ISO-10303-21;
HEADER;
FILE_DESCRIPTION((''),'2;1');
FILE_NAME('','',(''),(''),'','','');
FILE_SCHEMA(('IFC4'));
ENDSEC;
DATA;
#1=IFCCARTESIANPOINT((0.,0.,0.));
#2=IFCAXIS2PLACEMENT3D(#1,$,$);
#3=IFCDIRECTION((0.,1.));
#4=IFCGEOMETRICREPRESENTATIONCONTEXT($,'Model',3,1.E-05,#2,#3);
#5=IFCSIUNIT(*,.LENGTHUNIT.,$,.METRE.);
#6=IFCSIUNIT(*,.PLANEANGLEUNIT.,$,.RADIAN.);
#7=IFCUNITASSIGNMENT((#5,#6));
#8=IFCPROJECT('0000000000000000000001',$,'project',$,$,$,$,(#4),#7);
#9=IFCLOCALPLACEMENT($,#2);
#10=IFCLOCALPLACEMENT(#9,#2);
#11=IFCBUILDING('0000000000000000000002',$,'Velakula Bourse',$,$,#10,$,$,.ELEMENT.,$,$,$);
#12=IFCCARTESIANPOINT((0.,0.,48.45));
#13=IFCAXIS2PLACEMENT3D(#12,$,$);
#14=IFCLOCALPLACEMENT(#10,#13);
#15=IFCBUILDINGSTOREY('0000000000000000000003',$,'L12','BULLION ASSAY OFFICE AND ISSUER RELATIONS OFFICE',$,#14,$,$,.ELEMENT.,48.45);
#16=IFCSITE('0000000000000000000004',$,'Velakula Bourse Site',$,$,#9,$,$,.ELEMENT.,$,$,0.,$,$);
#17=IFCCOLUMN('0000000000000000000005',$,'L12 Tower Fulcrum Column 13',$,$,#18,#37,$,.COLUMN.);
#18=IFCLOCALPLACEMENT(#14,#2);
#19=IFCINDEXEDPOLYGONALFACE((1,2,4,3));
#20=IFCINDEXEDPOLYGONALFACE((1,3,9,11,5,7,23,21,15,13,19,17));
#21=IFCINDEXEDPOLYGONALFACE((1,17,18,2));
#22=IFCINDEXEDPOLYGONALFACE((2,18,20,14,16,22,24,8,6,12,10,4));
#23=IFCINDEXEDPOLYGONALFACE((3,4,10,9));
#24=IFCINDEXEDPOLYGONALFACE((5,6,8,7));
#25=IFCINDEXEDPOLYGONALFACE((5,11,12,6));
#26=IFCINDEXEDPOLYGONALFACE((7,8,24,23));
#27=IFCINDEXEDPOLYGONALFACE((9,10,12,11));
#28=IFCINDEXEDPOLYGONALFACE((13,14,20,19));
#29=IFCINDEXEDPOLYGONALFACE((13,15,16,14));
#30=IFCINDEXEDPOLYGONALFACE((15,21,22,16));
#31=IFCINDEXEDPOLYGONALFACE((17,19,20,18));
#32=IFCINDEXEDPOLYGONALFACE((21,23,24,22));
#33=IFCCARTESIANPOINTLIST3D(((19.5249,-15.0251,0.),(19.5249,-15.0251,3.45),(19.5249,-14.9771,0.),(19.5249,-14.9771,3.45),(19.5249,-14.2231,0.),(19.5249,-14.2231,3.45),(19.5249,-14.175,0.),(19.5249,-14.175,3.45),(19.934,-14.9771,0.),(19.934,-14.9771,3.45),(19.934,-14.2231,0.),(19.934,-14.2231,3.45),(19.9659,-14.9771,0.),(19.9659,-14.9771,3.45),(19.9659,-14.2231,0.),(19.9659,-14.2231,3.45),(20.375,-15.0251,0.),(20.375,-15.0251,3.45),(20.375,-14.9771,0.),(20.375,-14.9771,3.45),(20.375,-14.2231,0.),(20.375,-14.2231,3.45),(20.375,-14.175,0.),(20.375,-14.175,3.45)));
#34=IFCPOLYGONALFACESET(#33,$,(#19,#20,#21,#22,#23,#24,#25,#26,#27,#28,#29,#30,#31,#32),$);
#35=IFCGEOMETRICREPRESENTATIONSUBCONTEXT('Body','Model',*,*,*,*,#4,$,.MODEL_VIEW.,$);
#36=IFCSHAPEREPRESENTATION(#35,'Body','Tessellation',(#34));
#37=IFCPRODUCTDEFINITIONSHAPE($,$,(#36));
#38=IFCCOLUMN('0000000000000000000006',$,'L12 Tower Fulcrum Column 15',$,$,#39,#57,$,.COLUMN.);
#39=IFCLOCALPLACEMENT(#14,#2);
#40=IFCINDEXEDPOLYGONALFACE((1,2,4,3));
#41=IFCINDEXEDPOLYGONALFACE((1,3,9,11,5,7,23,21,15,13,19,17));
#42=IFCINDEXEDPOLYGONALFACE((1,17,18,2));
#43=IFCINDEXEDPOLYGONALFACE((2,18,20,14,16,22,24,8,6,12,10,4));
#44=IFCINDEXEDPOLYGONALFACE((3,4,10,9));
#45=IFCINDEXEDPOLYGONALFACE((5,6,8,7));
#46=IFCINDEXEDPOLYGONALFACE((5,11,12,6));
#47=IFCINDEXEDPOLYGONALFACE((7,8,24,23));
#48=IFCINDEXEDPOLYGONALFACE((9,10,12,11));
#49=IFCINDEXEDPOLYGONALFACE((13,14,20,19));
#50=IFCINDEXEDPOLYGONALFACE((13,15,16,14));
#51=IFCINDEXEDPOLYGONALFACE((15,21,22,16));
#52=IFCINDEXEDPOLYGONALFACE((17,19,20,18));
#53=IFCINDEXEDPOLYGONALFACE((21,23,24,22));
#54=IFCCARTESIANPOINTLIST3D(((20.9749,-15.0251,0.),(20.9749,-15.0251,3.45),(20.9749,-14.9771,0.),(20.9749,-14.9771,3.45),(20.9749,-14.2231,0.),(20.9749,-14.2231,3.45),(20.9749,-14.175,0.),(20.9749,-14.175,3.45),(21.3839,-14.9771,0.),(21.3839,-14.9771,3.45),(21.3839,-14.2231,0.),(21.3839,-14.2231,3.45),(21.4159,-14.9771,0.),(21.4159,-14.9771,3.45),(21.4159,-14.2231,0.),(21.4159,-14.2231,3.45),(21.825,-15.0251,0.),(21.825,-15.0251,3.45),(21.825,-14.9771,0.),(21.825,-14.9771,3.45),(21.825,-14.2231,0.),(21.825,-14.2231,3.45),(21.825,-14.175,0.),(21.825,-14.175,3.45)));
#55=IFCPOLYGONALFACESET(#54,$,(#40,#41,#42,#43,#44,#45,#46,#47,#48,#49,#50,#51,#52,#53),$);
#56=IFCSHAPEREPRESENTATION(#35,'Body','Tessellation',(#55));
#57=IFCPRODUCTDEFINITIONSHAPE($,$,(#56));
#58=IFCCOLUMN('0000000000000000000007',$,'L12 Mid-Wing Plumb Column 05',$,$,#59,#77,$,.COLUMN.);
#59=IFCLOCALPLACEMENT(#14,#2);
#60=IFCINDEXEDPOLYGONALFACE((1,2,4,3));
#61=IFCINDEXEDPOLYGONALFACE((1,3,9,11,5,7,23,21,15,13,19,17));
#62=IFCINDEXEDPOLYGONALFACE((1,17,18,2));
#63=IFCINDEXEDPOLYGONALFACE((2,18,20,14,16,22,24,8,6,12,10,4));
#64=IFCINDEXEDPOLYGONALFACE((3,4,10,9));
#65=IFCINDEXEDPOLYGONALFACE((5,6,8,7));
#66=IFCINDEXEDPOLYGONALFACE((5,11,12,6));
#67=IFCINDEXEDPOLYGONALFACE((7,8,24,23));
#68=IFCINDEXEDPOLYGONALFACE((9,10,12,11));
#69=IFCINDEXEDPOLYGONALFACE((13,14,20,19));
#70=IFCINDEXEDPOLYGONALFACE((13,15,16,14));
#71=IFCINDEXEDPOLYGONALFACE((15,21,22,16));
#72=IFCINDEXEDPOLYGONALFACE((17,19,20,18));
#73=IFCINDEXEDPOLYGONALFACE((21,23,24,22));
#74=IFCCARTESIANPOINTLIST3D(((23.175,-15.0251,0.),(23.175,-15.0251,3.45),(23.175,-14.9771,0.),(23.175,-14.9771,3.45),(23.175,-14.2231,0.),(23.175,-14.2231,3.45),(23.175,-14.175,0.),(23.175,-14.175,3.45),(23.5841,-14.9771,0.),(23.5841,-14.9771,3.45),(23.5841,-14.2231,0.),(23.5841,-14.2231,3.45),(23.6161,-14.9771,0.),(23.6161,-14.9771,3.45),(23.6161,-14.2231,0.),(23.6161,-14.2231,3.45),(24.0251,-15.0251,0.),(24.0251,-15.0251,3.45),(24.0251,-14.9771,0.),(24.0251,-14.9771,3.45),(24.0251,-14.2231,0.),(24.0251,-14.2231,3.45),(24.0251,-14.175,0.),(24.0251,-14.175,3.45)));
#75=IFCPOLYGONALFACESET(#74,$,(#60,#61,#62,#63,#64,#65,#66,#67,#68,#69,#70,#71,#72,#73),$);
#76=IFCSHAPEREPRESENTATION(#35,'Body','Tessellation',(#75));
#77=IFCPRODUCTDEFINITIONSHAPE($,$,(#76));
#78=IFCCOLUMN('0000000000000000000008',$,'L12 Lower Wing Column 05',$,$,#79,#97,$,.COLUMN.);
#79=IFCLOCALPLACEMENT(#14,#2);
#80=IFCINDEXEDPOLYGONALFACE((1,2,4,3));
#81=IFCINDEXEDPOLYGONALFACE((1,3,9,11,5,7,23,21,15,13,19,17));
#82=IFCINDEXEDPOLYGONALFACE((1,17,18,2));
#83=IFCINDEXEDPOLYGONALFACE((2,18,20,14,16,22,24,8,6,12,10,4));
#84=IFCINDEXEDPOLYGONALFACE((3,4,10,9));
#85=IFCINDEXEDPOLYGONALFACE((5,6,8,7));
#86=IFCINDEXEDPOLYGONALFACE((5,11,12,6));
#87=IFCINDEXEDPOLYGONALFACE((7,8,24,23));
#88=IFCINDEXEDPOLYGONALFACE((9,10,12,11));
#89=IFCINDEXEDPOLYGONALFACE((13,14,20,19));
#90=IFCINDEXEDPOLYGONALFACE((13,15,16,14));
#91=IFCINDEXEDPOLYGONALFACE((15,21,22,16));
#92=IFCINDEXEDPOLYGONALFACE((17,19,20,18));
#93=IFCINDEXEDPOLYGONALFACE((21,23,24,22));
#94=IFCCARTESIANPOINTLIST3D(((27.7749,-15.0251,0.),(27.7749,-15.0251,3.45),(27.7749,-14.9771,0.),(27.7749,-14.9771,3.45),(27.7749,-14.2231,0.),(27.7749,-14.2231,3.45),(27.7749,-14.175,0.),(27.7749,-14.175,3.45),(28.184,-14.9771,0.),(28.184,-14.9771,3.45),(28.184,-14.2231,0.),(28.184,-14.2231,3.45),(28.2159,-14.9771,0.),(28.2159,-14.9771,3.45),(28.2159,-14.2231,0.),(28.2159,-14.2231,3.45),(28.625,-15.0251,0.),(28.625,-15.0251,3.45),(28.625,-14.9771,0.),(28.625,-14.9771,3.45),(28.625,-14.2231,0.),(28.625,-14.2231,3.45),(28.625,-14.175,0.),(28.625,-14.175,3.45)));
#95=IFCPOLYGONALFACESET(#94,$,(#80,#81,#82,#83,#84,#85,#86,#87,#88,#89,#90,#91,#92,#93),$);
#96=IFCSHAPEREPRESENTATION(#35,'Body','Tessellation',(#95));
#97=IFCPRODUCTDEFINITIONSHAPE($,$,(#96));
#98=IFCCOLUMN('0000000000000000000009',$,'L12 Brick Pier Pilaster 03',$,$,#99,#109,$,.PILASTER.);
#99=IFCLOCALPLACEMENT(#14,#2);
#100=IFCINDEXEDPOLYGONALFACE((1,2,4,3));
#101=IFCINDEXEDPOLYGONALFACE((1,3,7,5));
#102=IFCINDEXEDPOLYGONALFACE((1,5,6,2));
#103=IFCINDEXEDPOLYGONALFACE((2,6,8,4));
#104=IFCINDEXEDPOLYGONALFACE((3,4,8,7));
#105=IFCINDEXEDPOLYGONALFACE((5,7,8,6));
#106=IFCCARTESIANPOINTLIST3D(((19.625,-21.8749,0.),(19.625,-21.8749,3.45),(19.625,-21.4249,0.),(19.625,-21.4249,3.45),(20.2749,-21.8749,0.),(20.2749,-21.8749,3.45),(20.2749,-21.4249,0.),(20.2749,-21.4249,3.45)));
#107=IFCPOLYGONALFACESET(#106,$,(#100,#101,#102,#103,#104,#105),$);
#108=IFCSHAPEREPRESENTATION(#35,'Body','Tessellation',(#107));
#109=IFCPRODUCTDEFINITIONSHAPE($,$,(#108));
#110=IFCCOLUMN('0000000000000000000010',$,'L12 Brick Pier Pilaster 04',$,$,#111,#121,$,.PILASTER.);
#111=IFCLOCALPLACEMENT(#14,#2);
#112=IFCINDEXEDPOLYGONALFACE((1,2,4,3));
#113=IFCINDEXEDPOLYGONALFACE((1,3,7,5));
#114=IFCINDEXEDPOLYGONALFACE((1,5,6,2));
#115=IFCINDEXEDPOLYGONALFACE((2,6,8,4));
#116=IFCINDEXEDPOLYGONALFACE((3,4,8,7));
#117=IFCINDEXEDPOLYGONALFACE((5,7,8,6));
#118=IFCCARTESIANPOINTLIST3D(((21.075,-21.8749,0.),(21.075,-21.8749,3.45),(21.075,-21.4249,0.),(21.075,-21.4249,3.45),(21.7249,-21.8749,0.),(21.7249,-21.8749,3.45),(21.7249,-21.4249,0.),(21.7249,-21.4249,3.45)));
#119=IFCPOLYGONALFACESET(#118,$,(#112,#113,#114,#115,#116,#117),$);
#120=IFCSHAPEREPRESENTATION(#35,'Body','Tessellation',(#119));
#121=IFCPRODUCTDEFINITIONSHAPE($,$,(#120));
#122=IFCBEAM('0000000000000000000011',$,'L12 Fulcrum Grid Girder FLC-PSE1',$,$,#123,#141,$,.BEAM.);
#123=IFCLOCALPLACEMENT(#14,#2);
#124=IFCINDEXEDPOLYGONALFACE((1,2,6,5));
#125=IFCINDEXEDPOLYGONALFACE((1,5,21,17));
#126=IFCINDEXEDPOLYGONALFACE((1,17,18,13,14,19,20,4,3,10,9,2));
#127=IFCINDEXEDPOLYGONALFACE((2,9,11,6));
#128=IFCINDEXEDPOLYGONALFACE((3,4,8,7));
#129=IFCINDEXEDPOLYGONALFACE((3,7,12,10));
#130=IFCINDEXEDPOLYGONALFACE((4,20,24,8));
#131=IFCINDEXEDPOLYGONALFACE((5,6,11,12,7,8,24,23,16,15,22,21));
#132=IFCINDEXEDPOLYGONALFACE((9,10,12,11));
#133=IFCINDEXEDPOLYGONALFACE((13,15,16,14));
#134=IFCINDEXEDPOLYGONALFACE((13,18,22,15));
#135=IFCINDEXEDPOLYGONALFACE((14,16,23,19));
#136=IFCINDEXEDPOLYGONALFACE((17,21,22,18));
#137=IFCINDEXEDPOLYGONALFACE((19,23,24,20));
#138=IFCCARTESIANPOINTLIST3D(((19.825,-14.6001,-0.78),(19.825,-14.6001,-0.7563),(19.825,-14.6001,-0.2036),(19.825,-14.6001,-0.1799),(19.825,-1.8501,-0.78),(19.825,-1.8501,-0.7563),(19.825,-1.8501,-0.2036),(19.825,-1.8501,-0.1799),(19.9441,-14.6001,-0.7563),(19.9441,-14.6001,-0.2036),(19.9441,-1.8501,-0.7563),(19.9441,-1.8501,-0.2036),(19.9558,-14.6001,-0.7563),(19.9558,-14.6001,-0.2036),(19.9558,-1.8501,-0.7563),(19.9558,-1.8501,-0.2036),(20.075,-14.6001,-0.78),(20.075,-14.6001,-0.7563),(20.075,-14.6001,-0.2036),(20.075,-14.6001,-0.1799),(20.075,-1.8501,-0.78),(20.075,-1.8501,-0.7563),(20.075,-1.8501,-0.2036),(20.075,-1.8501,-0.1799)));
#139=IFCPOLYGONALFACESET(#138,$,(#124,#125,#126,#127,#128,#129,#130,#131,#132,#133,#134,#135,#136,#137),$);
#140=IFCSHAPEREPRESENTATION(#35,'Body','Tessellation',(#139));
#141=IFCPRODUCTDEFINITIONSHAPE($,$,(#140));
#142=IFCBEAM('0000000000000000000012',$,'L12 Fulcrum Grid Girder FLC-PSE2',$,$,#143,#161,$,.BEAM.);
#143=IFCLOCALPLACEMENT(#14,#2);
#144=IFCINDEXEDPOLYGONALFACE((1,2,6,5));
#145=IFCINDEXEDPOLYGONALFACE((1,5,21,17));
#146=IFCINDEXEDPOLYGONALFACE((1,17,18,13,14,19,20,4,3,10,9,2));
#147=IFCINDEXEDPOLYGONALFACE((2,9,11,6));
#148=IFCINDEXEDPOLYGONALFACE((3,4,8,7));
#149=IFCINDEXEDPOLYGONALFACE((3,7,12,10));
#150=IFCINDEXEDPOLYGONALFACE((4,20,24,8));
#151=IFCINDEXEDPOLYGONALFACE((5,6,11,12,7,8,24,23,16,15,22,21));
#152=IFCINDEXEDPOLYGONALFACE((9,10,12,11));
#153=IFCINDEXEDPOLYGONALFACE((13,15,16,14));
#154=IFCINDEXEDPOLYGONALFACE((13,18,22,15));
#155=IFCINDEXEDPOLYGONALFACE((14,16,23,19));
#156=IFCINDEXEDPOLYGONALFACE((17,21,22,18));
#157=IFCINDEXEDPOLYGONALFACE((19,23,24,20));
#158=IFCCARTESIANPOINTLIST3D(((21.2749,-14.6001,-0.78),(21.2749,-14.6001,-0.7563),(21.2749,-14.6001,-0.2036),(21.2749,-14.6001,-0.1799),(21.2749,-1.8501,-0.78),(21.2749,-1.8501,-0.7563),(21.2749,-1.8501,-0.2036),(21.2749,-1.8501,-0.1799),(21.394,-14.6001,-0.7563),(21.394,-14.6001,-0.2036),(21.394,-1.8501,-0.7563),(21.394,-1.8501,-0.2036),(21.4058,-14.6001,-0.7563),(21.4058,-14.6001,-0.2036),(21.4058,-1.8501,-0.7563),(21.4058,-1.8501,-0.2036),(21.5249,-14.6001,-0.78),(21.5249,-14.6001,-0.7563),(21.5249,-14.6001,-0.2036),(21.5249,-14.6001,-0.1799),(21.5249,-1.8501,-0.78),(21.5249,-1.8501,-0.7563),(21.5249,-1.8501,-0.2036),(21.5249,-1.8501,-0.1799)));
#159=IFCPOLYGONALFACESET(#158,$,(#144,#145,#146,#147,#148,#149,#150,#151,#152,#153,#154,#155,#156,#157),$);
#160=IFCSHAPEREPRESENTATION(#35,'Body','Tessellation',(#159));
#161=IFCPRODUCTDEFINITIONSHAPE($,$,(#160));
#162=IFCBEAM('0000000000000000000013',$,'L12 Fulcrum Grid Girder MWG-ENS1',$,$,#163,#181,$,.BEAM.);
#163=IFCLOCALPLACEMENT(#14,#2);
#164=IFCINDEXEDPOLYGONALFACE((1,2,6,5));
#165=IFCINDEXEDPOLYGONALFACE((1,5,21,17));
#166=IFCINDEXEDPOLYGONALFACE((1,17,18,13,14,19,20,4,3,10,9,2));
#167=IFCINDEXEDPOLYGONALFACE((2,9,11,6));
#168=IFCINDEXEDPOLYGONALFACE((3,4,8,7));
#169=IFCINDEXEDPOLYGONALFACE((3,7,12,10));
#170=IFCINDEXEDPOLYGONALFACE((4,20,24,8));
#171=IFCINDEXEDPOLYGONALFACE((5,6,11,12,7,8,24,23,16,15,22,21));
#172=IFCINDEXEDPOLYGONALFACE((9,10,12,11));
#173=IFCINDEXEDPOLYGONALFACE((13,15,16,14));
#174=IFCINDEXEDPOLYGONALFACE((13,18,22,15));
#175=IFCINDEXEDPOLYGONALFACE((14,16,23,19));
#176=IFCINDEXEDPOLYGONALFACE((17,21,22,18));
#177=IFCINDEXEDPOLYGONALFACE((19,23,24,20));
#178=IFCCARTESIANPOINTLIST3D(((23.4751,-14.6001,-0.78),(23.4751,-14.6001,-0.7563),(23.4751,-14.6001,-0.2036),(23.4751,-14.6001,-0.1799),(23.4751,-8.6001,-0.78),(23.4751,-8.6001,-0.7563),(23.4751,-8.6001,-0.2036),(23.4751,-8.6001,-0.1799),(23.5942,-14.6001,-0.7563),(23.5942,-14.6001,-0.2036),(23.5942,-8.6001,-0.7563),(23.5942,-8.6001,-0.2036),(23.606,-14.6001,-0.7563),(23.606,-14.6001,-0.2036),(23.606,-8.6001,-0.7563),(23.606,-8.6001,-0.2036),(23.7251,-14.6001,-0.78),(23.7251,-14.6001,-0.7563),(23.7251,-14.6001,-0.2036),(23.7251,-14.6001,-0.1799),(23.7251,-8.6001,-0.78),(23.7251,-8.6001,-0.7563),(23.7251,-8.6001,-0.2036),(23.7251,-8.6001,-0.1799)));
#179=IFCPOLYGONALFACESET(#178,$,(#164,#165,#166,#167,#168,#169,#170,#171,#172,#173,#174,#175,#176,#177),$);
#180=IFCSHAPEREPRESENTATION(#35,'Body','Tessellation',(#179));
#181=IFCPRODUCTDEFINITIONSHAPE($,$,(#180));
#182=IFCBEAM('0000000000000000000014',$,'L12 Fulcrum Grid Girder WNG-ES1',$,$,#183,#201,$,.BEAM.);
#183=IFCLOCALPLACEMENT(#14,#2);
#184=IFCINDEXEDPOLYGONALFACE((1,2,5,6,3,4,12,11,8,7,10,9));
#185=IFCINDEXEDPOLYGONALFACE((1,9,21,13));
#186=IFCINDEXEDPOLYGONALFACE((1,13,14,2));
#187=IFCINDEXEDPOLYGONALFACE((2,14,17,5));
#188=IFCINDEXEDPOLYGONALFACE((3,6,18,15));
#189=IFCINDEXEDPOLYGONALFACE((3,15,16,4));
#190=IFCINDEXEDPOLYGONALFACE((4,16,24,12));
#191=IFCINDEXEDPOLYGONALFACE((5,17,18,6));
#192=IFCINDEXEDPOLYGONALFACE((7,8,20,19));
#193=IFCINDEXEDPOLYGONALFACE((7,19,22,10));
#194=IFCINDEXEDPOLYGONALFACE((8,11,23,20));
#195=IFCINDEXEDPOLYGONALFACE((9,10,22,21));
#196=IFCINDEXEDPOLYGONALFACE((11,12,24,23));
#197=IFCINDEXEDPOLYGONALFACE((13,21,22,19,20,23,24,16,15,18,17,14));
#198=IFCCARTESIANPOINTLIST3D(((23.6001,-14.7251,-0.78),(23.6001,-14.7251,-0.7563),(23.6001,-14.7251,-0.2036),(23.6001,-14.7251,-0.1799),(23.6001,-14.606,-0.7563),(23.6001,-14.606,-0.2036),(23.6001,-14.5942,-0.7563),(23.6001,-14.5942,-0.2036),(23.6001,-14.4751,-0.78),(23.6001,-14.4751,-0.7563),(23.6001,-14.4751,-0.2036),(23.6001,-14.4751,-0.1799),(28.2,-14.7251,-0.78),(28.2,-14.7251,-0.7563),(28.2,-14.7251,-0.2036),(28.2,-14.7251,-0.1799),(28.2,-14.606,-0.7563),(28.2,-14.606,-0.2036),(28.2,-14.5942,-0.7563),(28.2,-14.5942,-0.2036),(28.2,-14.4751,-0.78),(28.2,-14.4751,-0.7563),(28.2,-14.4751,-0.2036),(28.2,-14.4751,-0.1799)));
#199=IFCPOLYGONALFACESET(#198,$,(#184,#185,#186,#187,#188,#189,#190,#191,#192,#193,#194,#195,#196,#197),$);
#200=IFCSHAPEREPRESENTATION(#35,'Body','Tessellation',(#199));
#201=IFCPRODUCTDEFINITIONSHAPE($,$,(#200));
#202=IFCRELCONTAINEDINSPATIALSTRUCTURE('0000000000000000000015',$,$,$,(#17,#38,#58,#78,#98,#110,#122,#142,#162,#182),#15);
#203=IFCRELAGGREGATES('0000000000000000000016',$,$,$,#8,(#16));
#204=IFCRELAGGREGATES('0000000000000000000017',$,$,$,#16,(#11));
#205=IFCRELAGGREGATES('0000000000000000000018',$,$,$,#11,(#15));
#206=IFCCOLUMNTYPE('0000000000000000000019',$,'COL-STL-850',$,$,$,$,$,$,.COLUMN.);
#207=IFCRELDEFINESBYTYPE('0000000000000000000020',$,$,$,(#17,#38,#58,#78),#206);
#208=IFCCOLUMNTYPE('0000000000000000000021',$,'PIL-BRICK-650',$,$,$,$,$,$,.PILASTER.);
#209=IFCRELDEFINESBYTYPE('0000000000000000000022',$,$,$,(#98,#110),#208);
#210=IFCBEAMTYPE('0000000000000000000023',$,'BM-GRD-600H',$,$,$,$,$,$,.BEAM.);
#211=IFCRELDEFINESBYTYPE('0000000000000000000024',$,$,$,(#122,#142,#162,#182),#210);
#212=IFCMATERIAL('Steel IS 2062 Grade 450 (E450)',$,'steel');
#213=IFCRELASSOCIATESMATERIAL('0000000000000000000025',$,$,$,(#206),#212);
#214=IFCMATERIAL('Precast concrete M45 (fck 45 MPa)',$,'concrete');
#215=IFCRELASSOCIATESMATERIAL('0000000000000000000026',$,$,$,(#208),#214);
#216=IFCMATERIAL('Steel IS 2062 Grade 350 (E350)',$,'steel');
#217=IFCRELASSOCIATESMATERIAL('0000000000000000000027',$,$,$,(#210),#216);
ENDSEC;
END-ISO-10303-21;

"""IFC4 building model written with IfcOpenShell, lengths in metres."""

from ifc_helpers import new_model, si_unit, direction, frame, origin, origin_2d, place, context, subcontext, project, spatial, rectangle, i_section, extrude, material, material_profile, profile_set, type_object, element, save


model = new_model("IFC4")

# Units and contexts
model_context = context("Model", 3, precision=1e-05, world=origin(), true_north=direction((0.0, 1.0)))
body_context = subcontext(model_context, "Body", "Model", "MODEL_VIEW")
ifc_project = project(units=[si_unit("LENGTHUNIT", "METRE"), si_unit("PLANEANGLEUNIT", "RADIAN")], contexts=[model_context])

# Site, building, storey
site_placement = place(None, origin())
site = spatial("IfcSite", under=ifc_project, at=site_placement, Name="Velakula Bourse Site", CompositionType="ELEMENT", RefElevation=0.0)
building_placement = place(site_placement, origin())
building = spatial("IfcBuilding", under=site, at=building_placement, Name="Velakula Bourse", CompositionType="ELEMENT")
storey_placement = place(building_placement, frame((0.0, 0.0, 48.45)))
storey = spatial("IfcBuildingStorey", under=building, at=storey_placement, Name="L12", Description="BULLION ASSAY OFFICE AND ISSUER RELATIONS OFFICE", CompositionType="ELEMENT", Elevation=48.45)

# Columns
ifc_material_1 = material(Name="Steel IS 2062 Grade 450 (E450)", Category="steel")
ifc_material_profile_1 = material_profile(ifc_material_1, i_section(OverallWidth=0.8501, OverallDepth=0.8501, WebThickness=0.032, FlangeThickness=0.0481, at=origin_2d()), Name="Steel IS 2062 Grade 450 (E450)")
ifc_profile_set_1 = profile_set([ifc_material_profile_1], Name="Steel IS 2062 Grade 450 (E450)")
column_type_1 = type_object("IfcColumnType", Name="COL-STL-850", PredefinedType="COLUMN", material=ifc_profile_set_1)
for number, where, z_axis, x_axis, name in (
    (1, (19.95, -14.6001, 0.0), (0.0, 0.0, 1.0), (1.0, 0.0, 0.0), "L12 Tower Fulcrum Column 13"),
    (2, (21.3999, -14.6001, 0.0), (0.0, 0.0, 1.0), (1.0, 0.0, 0.0), "L12 Tower Fulcrum Column 15"),
    (3, (23.6001, -14.6001, 0.0), (0.0, 0.0, 1.0), (1.0, 0.0, 0.0), "L12 Mid-Wing Plumb Column 05"),
    (4, (28.2, -14.6001, 0.0), (0.0, 0.0, 1.0), (1.0, 0.0, 0.0), "L12 Lower Wing Column 05"),
):
    element("IfcColumn", number, at=place(storey_placement, frame(where, z_axis=z_axis, x_axis=x_axis)), inside=storey, type_object=column_type_1, Name=name, PredefinedType="COLUMN", context=body_context, shape_type="SweptSolid", body=[
        extrude(i_section(OverallWidth=0.8501, OverallDepth=0.8501, WebThickness=0.032, FlangeThickness=0.0481, at=origin_2d()), origin(), (0.0, 0.0, 1.0), 3.45),
    ])
ifc_material_2 = material(Name="Precast concrete M45 (fck 45 MPa)", Category="concrete")
ifc_material_profile_2 = material_profile(ifc_material_2, rectangle(XDim=0.6499, YDim=0.45, at=origin_2d()), Name="Precast concrete M45 (fck 45 MPa)")
ifc_profile_set_2 = profile_set([ifc_material_profile_2], Name="Precast concrete M45 (fck 45 MPa)")
column_type_2 = type_object("IfcColumnType", Name="PIL-BRICK-650", PredefinedType="PILASTER", material=ifc_profile_set_2)
for number, where, z_axis, x_axis, name in (
    (5, (19.95, -21.6499, 0.0), (0.0, 0.0, 1.0), (1.0, 0.0, 0.0), "L12 Brick Pier Pilaster 03"),
    (6, (21.3999, -21.6499, 0.0), (0.0, 0.0, 1.0), (1.0, 0.0, 0.0), "L12 Brick Pier Pilaster 04"),
):
    element("IfcColumn", number, at=place(storey_placement, frame(where, z_axis=z_axis, x_axis=x_axis)), inside=storey, type_object=column_type_2, Name=name, PredefinedType="PILASTER", context=body_context, shape_type="SweptSolid", body=[
        extrude(rectangle(XDim=0.6499, YDim=0.45, at=origin_2d()), origin(), (0.0, 0.0, 1.0), 3.45),
    ])

# Beams
ifc_material_3 = material(Name="Steel IS 2062 Grade 350 (E350)", Category="steel")
ifc_material_profile_3 = material_profile(ifc_material_3, i_section(OverallWidth=0.25, OverallDepth=0.6001, WebThickness=0.0117, FlangeThickness=0.0237, at=origin_2d()), Name="Steel IS 2062 Grade 350 (E350)")
ifc_profile_set_3 = profile_set([ifc_material_profile_3], Name="Steel IS 2062 Grade 350 (E350)")
beam_type_1 = type_object("IfcBeamType", Name="BM-GRD-600H", PredefinedType="BEAM", material=ifc_profile_set_3)
for number, where, z_axis, x_axis, name in (
    (7, (19.95, -14.6001, -0.48), (0.0, 1.0, 0.0), (-1.0, 0.0, 0.0), "L12 Fulcrum Grid Girder FLC-PSE1"),
    (8, (21.3999, -14.6001, -0.48), (0.0, 1.0, 0.0), (-1.0, 0.0, 0.0), "L12 Fulcrum Grid Girder FLC-PSE2"),
):
    element("IfcBeam", number, at=place(storey_placement, frame(where, z_axis=z_axis, x_axis=x_axis)), inside=storey, type_object=beam_type_1, Name=name, PredefinedType="BEAM", context=body_context, shape_type="SweptSolid", body=[
        extrude(i_section(OverallWidth=0.25, OverallDepth=0.6001, WebThickness=0.0117, FlangeThickness=0.0237, at=origin_2d()), origin(), (0.0, 0.0, 1.0), 12.75),
    ])
beam_1_placement = place(storey_placement, frame((23.6001, -14.6001, -0.48), z_axis=(0.0, 1.0, 0.0), x_axis=(-1.0, 0.0, 0.0)))
element("IfcBeam", 9, at=beam_1_placement, inside=storey, type_object=beam_type_1, Name="L12 Fulcrum Grid Girder MWG-ENS1", PredefinedType="BEAM", context=body_context, shape_type="SweptSolid", body=[
    extrude(i_section(OverallWidth=0.25, OverallDepth=0.6001, WebThickness=0.0117, FlangeThickness=0.0237, at=origin_2d()), origin(), (0.0, 0.0, 1.0), 6.0),
])
beam_2_placement = place(storey_placement, frame((23.6001, -14.6001, -0.48), z_axis=(1.0, 0.0, 0.0), x_axis=(0.0, 1.0, 0.0)))
element("IfcBeam", 10, at=beam_2_placement, inside=storey, type_object=beam_type_1, Name="L12 Fulcrum Grid Girder WNG-ES1", PredefinedType="BEAM", context=body_context, shape_type="SweptSolid", body=[
    extrude(i_section(OverallWidth=0.25, OverallDepth=0.6001, WebThickness=0.0117, FlangeThickness=0.0237, at=origin_2d()), origin(), (0.0, 0.0, 1.0), 4.5999),
])

save(model, "model.ifc")
